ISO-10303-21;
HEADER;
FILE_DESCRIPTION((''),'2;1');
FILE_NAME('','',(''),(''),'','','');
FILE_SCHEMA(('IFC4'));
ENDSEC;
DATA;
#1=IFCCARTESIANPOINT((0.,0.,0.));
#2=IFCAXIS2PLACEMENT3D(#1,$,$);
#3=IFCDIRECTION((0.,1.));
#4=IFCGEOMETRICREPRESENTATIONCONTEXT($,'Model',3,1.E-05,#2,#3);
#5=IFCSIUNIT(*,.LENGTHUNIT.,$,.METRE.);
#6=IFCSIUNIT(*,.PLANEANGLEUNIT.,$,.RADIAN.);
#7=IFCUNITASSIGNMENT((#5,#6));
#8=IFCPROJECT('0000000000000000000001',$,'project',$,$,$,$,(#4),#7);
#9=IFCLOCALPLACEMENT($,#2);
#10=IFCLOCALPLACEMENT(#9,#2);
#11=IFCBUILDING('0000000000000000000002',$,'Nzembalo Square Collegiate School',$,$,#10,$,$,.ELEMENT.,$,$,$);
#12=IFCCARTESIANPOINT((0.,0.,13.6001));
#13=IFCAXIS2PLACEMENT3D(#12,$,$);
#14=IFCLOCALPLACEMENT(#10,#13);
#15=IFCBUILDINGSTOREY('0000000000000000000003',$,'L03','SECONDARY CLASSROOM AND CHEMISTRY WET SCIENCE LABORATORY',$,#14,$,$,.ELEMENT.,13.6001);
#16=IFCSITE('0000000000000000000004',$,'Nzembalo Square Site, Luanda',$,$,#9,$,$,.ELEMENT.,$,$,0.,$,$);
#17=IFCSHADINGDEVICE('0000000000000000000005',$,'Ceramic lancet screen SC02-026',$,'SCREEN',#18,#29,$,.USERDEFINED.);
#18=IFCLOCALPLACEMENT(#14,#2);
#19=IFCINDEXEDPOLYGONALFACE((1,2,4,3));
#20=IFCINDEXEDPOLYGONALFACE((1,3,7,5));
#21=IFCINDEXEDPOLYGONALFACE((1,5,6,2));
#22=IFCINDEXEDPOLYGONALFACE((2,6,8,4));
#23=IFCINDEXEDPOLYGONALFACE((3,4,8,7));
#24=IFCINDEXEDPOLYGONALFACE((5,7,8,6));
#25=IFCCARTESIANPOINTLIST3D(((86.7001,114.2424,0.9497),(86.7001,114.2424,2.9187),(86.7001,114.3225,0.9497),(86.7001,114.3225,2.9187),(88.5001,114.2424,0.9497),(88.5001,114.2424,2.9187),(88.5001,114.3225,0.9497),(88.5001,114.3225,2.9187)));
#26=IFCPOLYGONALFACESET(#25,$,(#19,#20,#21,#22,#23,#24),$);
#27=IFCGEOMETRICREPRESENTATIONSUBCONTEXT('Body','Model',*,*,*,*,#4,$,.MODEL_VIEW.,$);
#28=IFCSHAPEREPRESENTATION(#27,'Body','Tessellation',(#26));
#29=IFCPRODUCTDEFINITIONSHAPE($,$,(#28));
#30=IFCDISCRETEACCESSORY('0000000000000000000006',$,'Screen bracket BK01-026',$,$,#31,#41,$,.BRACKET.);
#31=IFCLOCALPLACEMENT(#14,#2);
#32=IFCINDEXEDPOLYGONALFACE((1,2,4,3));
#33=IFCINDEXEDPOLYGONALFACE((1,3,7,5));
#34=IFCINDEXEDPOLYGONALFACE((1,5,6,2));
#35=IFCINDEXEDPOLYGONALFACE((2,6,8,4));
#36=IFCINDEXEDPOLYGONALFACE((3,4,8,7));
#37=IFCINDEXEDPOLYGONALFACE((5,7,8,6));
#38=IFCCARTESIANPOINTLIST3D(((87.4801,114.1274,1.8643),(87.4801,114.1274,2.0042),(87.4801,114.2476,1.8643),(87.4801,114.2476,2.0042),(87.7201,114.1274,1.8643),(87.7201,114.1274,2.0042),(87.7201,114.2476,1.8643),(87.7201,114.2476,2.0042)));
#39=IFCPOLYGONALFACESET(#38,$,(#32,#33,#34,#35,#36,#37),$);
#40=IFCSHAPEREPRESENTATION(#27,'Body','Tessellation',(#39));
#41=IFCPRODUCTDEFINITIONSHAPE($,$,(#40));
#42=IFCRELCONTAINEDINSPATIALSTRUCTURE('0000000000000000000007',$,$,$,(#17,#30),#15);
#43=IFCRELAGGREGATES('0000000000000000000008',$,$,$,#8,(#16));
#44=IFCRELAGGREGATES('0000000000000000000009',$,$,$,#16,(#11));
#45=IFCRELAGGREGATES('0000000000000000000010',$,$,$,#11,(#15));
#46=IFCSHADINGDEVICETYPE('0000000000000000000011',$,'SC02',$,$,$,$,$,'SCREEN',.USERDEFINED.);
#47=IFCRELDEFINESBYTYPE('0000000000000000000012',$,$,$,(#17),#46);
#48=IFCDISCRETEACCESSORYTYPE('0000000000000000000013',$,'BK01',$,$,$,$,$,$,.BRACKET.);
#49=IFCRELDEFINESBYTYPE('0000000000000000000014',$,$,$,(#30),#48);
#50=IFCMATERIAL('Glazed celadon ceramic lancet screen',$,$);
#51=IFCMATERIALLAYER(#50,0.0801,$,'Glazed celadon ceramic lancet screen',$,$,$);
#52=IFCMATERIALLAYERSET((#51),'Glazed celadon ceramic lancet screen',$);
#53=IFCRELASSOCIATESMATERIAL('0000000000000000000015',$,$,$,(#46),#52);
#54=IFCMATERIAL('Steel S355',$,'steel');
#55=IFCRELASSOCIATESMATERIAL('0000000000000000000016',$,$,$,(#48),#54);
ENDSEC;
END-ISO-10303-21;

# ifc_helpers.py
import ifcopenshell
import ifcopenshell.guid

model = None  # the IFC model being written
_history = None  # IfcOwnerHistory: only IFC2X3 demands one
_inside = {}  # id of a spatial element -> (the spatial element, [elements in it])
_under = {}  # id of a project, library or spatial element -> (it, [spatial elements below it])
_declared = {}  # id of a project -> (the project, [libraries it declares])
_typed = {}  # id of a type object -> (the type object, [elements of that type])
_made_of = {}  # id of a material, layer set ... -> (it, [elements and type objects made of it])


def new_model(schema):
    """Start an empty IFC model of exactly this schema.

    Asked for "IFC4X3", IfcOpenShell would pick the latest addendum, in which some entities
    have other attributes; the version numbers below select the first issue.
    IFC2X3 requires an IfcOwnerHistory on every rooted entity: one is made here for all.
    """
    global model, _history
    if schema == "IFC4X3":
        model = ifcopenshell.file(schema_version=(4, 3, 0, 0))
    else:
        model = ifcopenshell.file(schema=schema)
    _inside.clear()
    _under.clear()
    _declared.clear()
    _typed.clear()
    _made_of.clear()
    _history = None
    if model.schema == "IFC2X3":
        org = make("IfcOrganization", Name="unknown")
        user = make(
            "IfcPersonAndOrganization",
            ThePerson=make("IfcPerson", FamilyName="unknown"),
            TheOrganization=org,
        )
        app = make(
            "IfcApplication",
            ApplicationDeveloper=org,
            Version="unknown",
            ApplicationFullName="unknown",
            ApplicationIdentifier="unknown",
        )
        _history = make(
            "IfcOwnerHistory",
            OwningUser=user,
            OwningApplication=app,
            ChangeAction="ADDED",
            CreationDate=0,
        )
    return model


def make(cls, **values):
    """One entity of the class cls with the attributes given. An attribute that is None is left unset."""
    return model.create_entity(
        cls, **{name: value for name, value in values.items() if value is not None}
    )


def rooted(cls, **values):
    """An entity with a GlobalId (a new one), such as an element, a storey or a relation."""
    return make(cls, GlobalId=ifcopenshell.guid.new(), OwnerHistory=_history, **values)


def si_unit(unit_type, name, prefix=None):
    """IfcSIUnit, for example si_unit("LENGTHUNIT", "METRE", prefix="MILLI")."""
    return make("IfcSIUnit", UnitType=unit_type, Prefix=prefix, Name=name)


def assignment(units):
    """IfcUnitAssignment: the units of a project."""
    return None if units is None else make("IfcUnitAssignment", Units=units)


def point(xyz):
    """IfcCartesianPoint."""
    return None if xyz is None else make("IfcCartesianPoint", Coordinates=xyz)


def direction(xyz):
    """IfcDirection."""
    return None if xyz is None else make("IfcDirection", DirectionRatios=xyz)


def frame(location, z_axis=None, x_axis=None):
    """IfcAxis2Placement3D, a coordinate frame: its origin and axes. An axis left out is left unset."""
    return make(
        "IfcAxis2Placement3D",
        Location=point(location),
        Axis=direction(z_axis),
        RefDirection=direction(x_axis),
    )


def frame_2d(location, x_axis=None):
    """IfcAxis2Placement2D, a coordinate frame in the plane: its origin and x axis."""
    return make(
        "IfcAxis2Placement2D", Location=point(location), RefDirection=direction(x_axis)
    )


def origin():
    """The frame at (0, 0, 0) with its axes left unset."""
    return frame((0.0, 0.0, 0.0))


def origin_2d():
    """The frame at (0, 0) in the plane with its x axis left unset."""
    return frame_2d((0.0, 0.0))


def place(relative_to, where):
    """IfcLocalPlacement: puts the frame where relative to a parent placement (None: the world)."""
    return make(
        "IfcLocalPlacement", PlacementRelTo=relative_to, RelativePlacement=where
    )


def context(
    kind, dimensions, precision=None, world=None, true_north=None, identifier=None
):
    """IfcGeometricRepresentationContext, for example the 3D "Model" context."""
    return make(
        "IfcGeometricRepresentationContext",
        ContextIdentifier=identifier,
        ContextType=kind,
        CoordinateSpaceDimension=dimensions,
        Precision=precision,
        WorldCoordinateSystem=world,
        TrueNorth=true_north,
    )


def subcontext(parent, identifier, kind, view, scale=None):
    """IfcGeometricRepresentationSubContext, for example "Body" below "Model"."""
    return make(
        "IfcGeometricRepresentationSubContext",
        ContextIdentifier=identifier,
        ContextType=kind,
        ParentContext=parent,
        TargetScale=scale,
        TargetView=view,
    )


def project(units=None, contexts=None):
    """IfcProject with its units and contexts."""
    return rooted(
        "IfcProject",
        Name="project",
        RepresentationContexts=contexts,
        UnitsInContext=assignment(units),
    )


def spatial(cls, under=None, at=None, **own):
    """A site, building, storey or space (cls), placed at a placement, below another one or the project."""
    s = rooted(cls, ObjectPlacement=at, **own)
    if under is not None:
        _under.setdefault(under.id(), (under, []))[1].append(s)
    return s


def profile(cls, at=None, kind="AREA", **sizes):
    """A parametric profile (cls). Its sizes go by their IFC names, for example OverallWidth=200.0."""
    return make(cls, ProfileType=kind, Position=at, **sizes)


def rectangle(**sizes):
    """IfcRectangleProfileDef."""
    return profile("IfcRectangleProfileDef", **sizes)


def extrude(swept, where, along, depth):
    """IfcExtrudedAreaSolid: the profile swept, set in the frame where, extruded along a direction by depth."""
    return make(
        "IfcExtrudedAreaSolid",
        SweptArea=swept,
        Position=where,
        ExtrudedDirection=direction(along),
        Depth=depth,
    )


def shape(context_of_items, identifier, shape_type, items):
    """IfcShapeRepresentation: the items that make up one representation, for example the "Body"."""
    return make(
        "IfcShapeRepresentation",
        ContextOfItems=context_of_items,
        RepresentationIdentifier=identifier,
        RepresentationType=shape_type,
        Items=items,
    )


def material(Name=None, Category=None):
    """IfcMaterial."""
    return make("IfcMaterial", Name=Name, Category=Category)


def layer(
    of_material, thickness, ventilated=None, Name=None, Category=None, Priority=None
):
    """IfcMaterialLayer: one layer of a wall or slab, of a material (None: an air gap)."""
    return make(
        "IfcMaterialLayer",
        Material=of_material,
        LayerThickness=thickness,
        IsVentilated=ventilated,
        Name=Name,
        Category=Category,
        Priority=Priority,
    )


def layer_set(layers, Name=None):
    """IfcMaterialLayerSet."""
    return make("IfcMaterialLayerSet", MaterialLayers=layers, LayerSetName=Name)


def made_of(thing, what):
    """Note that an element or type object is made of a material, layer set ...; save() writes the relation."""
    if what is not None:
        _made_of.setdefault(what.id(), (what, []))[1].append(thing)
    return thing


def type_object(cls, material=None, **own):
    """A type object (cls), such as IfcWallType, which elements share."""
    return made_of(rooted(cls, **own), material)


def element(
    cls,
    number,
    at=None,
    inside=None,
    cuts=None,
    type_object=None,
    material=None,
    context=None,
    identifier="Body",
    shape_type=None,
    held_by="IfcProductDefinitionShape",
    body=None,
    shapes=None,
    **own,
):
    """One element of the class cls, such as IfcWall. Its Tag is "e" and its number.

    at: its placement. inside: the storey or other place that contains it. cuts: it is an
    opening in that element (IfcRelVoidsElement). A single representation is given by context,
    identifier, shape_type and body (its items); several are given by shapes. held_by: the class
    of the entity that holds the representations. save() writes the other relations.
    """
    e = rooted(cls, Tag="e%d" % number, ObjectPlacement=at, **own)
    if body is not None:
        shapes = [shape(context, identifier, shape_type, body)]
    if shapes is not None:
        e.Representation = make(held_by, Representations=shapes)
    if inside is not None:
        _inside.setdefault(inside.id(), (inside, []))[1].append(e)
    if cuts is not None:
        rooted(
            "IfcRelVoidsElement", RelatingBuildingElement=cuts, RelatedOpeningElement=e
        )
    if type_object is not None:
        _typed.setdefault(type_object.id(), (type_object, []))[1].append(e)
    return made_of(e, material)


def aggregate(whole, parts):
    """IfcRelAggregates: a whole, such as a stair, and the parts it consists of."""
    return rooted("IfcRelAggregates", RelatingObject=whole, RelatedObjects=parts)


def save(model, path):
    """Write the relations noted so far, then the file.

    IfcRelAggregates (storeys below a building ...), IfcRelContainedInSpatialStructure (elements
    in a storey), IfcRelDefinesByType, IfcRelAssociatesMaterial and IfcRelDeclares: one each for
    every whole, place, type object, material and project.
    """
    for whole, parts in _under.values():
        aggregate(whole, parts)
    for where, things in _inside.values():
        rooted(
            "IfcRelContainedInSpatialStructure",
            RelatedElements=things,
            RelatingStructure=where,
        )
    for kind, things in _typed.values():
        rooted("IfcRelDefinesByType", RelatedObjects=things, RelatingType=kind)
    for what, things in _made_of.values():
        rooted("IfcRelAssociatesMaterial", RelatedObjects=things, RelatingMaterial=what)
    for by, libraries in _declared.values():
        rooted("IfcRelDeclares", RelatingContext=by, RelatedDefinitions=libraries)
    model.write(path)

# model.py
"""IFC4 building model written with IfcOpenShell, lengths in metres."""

from ifc_helpers import new_model, si_unit, direction, frame, origin, origin_2d, place, context, subcontext, project, spatial, rectangle, extrude, material, layer, layer_set, type_object, element, save


model = new_model("IFC4")

# Units and contexts
model_context = context("Model", 3, precision=1e-05, world=origin(), true_north=direction((0.0, 1.0)))
body_context = subcontext(model_context, "Body", "Model", "MODEL_VIEW")
ifc_project = project(units=[si_unit("LENGTHUNIT", "METRE"), si_unit("PLANEANGLEUNIT", "RADIAN")], contexts=[model_context])

# Site, building, storey
site_placement = place(None, origin())
site = spatial("IfcSite", under=ifc_project, at=site_placement, Name="Nzembalo Square Site, Luanda", CompositionType="ELEMENT", RefElevation=0.0)
building_placement = place(site_placement, origin())
building = spatial("IfcBuilding", under=site, at=building_placement, Name="Nzembalo Square Collegiate School", CompositionType="ELEMENT")
storey_placement = place(building_placement, frame((0.0, 0.0, 13.6001)))
storey = spatial("IfcBuildingStorey", under=building, at=storey_placement, Name="L03", Description="SECONDARY CLASSROOM AND CHEMISTRY WET SCIENCE LABORATORY", CompositionType="ELEMENT", Elevation=13.6001)

# Shading device
ifc_material_1 = material(Name="Glazed celadon ceramic lancet screen")
ifc_layer_1 = layer(ifc_material_1, 0.0801, Name="Glazed celadon ceramic lancet screen")
ifc_layer_set_1 = layer_set([ifc_layer_1], Name="Glazed celadon ceramic lancet screen")
shading_device_type = type_object("IfcShadingDeviceType", Name="SC02", ElementType="SCREEN", PredefinedType="USERDEFINED", material=ifc_layer_set_1)
shading_device_placement = place(storey_placement, frame((87.6001, 114.2825, 0.9497), z_axis=(0.0, 0.0, 1.0), x_axis=(1.0, 0.0, 0.0)))
element("IfcShadingDevice", 1, at=shading_device_placement, inside=storey, type_object=shading_device_type, Name="Ceramic lancet screen SC02-026", ObjectType="SCREEN", PredefinedType="USERDEFINED", context=body_context, shape_type="SweptSolid", body=[
    extrude(rectangle(XDim=1.8, YDim=0.0801, at=origin_2d()), origin(), (0.0, 0.0, 1.0), 1.969),
])

# Discrete accessory
ifc_material_2 = material(Name="Steel S355", Category="steel")
discrete_accessory_type = type_object("IfcDiscreteAccessoryType", Name="BK01", PredefinedType="BRACKET", material=ifc_material_2)
discrete_accessory_placement = place(storey_placement, frame((87.6001, 114.1875, 1.8643), z_axis=(0.0, 0.0, 1.0), x_axis=(1.0, 0.0, 0.0)))
element("IfcDiscreteAccessory", 2, at=discrete_accessory_placement, inside=storey, type_object=discrete_accessory_type, Name="Screen bracket BK01-026", PredefinedType="BRACKET", context=body_context, shape_type="SweptSolid", body=[
    extrude(rectangle(XDim=0.24, YDim=0.1201, at=origin_2d()), origin(), (0.0, 0.0, 1.0), 0.1399),
])

save(model, "model.ifc")
